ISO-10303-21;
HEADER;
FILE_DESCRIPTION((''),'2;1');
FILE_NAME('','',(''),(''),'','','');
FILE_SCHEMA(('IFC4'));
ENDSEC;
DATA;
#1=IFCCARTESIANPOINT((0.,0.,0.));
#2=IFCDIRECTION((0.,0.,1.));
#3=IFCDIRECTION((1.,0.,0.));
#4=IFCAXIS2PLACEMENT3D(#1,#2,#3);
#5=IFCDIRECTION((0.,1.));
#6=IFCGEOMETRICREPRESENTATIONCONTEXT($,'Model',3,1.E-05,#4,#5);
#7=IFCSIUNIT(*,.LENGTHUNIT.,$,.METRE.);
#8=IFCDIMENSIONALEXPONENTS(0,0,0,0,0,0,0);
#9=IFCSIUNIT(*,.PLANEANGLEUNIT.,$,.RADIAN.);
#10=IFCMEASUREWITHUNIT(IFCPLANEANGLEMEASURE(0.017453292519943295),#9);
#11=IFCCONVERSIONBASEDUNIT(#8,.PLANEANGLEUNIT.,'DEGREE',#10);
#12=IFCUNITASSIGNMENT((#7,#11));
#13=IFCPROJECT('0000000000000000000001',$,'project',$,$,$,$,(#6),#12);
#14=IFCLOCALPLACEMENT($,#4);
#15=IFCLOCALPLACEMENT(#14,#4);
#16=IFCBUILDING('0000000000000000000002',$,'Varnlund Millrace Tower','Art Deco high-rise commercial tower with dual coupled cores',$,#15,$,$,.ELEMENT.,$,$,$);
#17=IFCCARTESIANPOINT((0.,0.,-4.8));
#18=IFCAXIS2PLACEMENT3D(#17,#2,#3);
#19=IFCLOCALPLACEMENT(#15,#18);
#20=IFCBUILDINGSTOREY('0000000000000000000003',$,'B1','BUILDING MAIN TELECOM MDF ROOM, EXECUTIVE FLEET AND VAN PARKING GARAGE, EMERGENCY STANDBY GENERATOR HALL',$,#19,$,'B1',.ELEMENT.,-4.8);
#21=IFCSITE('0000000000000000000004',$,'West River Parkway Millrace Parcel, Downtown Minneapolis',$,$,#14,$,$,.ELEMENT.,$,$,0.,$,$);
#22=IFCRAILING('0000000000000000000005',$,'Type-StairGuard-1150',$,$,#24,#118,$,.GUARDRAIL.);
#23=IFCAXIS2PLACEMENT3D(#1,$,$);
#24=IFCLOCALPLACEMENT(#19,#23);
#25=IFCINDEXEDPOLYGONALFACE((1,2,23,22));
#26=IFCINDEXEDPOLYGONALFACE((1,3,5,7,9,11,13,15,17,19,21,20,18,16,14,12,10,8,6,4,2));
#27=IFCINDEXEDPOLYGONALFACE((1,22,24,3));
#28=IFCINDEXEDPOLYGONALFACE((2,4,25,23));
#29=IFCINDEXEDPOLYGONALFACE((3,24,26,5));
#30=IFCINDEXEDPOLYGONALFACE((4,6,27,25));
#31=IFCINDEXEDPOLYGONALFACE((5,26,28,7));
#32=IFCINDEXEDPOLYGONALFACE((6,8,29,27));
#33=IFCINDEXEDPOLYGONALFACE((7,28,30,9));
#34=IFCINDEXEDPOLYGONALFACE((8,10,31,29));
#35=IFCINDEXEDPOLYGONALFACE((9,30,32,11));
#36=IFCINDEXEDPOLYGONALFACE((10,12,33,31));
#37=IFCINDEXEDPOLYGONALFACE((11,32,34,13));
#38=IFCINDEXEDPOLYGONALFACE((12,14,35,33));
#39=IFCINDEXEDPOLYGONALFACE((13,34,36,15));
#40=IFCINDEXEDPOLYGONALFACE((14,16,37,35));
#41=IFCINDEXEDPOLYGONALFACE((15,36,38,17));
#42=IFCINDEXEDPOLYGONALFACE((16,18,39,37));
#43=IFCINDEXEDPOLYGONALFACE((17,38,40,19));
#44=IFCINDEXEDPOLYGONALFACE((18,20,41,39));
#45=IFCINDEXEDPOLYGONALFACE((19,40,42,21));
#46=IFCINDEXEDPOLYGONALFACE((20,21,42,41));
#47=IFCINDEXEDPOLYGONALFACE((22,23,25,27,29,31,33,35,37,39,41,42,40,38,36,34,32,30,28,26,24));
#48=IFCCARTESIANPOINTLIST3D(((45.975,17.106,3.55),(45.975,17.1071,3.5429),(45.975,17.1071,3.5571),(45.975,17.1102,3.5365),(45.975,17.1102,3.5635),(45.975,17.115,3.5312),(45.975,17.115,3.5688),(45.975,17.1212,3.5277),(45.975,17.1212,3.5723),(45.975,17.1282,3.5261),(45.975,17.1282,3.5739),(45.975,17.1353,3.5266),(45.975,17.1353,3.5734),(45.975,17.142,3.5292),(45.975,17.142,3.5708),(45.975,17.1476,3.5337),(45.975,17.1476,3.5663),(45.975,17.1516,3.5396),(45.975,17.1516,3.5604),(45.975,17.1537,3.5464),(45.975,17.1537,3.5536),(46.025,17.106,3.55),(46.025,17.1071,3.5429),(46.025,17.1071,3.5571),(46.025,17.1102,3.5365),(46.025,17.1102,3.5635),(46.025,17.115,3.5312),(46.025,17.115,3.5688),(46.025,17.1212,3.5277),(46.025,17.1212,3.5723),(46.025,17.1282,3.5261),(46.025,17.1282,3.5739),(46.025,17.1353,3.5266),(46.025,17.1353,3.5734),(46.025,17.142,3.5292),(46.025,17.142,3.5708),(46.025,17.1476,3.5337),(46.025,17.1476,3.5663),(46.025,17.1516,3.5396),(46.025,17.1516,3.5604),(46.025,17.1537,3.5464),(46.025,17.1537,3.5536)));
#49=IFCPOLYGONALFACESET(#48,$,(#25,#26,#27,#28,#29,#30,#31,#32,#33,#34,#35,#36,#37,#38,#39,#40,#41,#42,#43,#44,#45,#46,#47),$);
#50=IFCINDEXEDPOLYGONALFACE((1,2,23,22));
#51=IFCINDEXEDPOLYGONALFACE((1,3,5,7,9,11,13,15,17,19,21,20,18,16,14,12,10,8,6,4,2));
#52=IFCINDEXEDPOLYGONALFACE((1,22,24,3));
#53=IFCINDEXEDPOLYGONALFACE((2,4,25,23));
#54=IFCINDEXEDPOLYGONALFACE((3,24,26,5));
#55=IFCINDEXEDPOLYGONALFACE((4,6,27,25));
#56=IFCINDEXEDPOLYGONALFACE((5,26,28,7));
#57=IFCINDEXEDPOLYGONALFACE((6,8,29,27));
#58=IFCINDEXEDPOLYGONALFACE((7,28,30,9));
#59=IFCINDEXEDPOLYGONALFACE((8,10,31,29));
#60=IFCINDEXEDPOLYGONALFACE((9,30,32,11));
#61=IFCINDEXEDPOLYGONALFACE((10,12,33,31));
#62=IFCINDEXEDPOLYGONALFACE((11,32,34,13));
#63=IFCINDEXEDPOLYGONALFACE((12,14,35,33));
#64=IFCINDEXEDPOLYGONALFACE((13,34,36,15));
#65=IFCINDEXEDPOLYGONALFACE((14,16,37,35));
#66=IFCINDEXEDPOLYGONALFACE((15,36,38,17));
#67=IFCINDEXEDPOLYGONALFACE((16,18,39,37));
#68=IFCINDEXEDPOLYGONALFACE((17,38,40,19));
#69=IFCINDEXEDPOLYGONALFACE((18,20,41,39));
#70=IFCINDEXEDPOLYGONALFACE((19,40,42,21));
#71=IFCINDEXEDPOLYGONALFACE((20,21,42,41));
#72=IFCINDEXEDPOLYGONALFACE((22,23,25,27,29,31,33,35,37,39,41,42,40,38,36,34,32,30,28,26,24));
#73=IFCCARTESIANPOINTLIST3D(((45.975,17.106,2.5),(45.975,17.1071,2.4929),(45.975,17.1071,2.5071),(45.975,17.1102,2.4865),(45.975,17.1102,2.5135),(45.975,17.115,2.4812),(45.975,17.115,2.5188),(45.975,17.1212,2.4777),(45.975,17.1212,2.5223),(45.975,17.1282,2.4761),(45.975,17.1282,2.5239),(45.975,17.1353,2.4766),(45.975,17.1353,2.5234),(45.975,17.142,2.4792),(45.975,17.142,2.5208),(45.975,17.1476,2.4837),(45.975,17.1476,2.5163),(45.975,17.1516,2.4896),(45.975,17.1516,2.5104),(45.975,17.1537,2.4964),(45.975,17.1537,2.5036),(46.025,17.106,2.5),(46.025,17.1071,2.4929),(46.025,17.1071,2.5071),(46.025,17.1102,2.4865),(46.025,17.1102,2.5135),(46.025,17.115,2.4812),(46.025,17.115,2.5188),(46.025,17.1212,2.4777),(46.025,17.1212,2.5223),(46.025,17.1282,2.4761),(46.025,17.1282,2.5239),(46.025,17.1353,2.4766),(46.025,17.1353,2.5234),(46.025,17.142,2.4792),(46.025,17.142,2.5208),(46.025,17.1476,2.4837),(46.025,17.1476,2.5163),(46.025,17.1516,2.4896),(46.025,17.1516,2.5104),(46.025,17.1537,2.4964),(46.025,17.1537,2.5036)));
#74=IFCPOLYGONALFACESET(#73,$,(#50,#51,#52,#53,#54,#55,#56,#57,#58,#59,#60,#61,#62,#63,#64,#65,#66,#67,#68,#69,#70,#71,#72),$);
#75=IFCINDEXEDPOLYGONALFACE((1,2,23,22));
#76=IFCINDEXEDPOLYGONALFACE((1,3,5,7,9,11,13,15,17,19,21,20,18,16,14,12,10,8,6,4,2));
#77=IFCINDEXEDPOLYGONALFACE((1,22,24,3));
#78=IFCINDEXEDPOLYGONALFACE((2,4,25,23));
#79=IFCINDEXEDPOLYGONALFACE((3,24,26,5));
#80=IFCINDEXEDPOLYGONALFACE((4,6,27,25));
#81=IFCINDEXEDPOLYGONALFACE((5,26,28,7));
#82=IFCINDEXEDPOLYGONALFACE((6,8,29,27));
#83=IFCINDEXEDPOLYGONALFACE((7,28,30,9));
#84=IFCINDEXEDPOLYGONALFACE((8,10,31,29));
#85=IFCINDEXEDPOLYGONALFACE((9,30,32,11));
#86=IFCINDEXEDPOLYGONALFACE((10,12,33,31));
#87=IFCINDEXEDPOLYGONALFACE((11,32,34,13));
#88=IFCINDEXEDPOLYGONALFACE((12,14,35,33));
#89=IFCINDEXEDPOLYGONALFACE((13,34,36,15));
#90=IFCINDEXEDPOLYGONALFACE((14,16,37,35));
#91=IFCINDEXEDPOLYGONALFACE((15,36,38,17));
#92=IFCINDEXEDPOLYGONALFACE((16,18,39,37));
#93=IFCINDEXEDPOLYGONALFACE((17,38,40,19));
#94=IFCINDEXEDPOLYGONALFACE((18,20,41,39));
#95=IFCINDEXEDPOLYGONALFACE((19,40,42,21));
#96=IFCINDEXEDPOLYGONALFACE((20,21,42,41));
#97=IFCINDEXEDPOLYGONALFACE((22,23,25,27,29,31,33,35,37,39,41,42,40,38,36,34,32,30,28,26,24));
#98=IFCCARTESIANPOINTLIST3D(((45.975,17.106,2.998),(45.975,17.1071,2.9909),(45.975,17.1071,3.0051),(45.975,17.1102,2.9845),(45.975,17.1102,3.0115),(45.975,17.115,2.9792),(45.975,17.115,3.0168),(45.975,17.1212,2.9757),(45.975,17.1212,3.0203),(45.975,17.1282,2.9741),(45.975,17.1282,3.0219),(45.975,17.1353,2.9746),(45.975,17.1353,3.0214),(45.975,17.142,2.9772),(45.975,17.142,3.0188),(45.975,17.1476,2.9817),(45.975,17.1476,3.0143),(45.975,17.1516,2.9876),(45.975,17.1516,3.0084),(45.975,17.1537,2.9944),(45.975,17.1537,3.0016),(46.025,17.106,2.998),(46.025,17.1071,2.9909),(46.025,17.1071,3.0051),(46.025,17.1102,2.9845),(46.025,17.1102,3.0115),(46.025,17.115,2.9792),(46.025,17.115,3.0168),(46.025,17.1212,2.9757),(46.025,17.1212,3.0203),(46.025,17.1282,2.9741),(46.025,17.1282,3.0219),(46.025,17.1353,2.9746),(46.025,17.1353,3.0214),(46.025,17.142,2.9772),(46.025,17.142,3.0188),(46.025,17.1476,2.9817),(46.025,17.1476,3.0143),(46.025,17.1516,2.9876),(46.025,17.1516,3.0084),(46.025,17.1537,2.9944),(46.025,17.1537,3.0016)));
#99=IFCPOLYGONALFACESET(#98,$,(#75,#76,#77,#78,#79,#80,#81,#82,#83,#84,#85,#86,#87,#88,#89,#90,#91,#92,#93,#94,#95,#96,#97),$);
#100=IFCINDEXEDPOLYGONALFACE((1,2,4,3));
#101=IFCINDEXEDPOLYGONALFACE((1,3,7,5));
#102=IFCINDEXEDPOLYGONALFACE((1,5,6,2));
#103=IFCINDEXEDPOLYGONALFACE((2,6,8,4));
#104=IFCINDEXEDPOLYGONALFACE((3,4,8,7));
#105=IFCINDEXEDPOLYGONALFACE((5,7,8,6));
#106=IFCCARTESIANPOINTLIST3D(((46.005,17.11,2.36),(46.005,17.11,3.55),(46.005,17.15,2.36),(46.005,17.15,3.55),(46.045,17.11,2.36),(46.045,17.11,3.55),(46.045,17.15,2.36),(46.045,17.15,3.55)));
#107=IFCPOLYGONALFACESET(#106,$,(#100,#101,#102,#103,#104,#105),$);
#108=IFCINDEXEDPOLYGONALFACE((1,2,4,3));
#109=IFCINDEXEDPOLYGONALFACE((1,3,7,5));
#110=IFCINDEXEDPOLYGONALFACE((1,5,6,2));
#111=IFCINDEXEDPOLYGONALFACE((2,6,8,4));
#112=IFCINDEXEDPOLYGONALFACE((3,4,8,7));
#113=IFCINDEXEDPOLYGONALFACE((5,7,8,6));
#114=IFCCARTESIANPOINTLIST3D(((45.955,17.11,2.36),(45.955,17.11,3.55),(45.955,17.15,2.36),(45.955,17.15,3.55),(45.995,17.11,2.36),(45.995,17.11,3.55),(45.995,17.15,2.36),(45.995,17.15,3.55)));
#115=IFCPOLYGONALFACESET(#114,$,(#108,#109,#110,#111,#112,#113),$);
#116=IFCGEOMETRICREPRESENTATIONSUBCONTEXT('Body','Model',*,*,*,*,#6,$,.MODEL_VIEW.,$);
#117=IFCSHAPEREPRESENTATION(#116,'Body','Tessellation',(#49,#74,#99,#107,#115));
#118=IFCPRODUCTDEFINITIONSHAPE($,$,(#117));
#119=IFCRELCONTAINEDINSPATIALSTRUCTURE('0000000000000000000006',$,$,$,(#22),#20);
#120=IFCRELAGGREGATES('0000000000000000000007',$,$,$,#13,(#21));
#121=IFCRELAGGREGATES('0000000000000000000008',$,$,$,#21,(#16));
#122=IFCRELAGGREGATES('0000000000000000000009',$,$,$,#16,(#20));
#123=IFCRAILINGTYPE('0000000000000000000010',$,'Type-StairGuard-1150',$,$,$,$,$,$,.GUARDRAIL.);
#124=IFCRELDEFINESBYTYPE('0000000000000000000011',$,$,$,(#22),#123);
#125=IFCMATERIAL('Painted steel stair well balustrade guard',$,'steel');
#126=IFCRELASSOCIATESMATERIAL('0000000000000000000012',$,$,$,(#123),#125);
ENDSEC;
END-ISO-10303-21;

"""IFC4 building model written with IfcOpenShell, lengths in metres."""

from ifc_helpers import new_model, entity, si_unit, converted_unit, direction, frame, origin_with_axes, origin_2d_with_axis, place, context, subcontext, project, spatial, rectangle, circle, extrude, material, type_object, element, save


model = new_model("IFC4")

# Units and contexts
model_context = context("Model", 3, precision=1e-05, world=origin_with_axes(), true_north=direction((0.0, 1.0)))
body_context = subcontext(model_context, "Body", "Model", "MODEL_VIEW")
ifc_project = project(units=[si_unit("LENGTHUNIT", "METRE"), converted_unit("PLANEANGLEUNIT", "DEGREE", entity("IfcPlaneAngleMeasure", 0.017453292519943295), si_unit("PLANEANGLEUNIT", "RADIAN"), dimensions=[0, 0, 0, 0, 0, 0, 0])], contexts=[model_context])

# Site, building, storey
site_placement = place(None, origin_with_axes())
site = spatial("IfcSite", under=ifc_project, at=site_placement, Name="West River Parkway Millrace Parcel, Downtown Minneapolis", CompositionType="ELEMENT", RefElevation=0.0)
building_placement = place(site_placement, origin_with_axes())
building = spatial("IfcBuilding", under=site, at=building_placement, Name="Varnlund Millrace Tower", Description="Art Deco high-rise commercial tower with dual coupled cores", CompositionType="ELEMENT")
storey_placement = place(building_placement, frame((0.0, 0.0, -4.8), z_axis=(0.0, 0.0, 1.0), x_axis=(1.0, 0.0, 0.0)))
storey = spatial("IfcBuildingStorey", under=building, at=storey_placement, Name="B1", Description="BUILDING MAIN TELECOM MDF ROOM, EXECUTIVE FLEET AND VAN PARKING GARAGE, EMERGENCY STANDBY GENERATOR HALL", LongName="B1", CompositionType="ELEMENT", Elevation=-4.8)

# Railing
ifc_material_1 = material(Name="Painted steel stair well balustrade guard", Category="steel")
railing_type_1 = type_object("IfcRailingType", Name="Type-StairGuard-1150", PredefinedType="GUARDRAIL", material=ifc_material_1)
railing_1_placement = place(storey_placement, frame((0.0, 0.0, 4.8), z_axis=(0.0, 0.0, 1.0), x_axis=(1.0, 0.0, 0.0)))
element("IfcRailing", 1, at=railing_1_placement, inside=storey, type_object=railing_type_1, Name="Type-StairGuard-1150", PredefinedType="GUARDRAIL", context=body_context, shape_type="SweptSolid", body=[
    extrude(circle(Radius=0.024, at=origin_2d_with_axis()), frame((46.025, 17.13, -1.25), z_axis=(-1.0, 0.0, 0.0), x_axis=(0.0, -1.0, 0.0)), (0.0, 0.0, 1.0), 0.05),
    extrude(circle(Radius=0.024, at=origin_2d_with_axis()), frame((46.025, 17.13, -2.3), z_axis=(-1.0, 0.0, 0.0), x_axis=(0.0, -1.0, 0.0)), (0.0, 0.0, 1.0), 0.05),
    extrude(circle(Radius=0.024, at=origin_2d_with_axis()), frame((46.025, 17.13, -1.802), z_axis=(-1.0, 0.0, 0.0), x_axis=(0.0, -1.0, 0.0)), (0.0, 0.0, 1.0), 0.05),
    extrude(rectangle(XDim=0.04, YDim=0.04, at=origin_2d_with_axis()), frame((46.025, 17.13, -2.44), z_axis=(0.0, 0.0, 1.0), x_axis=(1.0, 0.0, 0.0)), (0.0, 0.0, 1.0), 1.19),
    extrude(rectangle(XDim=0.04, YDim=0.04, at=origin_2d_with_axis()), frame((45.975, 17.13, -2.44), z_axis=(0.0, 0.0, 1.0), x_axis=(1.0, 0.0, 0.0)), (0.0, 0.0, 1.0), 1.19),
])

save(model, "model.ifc")
